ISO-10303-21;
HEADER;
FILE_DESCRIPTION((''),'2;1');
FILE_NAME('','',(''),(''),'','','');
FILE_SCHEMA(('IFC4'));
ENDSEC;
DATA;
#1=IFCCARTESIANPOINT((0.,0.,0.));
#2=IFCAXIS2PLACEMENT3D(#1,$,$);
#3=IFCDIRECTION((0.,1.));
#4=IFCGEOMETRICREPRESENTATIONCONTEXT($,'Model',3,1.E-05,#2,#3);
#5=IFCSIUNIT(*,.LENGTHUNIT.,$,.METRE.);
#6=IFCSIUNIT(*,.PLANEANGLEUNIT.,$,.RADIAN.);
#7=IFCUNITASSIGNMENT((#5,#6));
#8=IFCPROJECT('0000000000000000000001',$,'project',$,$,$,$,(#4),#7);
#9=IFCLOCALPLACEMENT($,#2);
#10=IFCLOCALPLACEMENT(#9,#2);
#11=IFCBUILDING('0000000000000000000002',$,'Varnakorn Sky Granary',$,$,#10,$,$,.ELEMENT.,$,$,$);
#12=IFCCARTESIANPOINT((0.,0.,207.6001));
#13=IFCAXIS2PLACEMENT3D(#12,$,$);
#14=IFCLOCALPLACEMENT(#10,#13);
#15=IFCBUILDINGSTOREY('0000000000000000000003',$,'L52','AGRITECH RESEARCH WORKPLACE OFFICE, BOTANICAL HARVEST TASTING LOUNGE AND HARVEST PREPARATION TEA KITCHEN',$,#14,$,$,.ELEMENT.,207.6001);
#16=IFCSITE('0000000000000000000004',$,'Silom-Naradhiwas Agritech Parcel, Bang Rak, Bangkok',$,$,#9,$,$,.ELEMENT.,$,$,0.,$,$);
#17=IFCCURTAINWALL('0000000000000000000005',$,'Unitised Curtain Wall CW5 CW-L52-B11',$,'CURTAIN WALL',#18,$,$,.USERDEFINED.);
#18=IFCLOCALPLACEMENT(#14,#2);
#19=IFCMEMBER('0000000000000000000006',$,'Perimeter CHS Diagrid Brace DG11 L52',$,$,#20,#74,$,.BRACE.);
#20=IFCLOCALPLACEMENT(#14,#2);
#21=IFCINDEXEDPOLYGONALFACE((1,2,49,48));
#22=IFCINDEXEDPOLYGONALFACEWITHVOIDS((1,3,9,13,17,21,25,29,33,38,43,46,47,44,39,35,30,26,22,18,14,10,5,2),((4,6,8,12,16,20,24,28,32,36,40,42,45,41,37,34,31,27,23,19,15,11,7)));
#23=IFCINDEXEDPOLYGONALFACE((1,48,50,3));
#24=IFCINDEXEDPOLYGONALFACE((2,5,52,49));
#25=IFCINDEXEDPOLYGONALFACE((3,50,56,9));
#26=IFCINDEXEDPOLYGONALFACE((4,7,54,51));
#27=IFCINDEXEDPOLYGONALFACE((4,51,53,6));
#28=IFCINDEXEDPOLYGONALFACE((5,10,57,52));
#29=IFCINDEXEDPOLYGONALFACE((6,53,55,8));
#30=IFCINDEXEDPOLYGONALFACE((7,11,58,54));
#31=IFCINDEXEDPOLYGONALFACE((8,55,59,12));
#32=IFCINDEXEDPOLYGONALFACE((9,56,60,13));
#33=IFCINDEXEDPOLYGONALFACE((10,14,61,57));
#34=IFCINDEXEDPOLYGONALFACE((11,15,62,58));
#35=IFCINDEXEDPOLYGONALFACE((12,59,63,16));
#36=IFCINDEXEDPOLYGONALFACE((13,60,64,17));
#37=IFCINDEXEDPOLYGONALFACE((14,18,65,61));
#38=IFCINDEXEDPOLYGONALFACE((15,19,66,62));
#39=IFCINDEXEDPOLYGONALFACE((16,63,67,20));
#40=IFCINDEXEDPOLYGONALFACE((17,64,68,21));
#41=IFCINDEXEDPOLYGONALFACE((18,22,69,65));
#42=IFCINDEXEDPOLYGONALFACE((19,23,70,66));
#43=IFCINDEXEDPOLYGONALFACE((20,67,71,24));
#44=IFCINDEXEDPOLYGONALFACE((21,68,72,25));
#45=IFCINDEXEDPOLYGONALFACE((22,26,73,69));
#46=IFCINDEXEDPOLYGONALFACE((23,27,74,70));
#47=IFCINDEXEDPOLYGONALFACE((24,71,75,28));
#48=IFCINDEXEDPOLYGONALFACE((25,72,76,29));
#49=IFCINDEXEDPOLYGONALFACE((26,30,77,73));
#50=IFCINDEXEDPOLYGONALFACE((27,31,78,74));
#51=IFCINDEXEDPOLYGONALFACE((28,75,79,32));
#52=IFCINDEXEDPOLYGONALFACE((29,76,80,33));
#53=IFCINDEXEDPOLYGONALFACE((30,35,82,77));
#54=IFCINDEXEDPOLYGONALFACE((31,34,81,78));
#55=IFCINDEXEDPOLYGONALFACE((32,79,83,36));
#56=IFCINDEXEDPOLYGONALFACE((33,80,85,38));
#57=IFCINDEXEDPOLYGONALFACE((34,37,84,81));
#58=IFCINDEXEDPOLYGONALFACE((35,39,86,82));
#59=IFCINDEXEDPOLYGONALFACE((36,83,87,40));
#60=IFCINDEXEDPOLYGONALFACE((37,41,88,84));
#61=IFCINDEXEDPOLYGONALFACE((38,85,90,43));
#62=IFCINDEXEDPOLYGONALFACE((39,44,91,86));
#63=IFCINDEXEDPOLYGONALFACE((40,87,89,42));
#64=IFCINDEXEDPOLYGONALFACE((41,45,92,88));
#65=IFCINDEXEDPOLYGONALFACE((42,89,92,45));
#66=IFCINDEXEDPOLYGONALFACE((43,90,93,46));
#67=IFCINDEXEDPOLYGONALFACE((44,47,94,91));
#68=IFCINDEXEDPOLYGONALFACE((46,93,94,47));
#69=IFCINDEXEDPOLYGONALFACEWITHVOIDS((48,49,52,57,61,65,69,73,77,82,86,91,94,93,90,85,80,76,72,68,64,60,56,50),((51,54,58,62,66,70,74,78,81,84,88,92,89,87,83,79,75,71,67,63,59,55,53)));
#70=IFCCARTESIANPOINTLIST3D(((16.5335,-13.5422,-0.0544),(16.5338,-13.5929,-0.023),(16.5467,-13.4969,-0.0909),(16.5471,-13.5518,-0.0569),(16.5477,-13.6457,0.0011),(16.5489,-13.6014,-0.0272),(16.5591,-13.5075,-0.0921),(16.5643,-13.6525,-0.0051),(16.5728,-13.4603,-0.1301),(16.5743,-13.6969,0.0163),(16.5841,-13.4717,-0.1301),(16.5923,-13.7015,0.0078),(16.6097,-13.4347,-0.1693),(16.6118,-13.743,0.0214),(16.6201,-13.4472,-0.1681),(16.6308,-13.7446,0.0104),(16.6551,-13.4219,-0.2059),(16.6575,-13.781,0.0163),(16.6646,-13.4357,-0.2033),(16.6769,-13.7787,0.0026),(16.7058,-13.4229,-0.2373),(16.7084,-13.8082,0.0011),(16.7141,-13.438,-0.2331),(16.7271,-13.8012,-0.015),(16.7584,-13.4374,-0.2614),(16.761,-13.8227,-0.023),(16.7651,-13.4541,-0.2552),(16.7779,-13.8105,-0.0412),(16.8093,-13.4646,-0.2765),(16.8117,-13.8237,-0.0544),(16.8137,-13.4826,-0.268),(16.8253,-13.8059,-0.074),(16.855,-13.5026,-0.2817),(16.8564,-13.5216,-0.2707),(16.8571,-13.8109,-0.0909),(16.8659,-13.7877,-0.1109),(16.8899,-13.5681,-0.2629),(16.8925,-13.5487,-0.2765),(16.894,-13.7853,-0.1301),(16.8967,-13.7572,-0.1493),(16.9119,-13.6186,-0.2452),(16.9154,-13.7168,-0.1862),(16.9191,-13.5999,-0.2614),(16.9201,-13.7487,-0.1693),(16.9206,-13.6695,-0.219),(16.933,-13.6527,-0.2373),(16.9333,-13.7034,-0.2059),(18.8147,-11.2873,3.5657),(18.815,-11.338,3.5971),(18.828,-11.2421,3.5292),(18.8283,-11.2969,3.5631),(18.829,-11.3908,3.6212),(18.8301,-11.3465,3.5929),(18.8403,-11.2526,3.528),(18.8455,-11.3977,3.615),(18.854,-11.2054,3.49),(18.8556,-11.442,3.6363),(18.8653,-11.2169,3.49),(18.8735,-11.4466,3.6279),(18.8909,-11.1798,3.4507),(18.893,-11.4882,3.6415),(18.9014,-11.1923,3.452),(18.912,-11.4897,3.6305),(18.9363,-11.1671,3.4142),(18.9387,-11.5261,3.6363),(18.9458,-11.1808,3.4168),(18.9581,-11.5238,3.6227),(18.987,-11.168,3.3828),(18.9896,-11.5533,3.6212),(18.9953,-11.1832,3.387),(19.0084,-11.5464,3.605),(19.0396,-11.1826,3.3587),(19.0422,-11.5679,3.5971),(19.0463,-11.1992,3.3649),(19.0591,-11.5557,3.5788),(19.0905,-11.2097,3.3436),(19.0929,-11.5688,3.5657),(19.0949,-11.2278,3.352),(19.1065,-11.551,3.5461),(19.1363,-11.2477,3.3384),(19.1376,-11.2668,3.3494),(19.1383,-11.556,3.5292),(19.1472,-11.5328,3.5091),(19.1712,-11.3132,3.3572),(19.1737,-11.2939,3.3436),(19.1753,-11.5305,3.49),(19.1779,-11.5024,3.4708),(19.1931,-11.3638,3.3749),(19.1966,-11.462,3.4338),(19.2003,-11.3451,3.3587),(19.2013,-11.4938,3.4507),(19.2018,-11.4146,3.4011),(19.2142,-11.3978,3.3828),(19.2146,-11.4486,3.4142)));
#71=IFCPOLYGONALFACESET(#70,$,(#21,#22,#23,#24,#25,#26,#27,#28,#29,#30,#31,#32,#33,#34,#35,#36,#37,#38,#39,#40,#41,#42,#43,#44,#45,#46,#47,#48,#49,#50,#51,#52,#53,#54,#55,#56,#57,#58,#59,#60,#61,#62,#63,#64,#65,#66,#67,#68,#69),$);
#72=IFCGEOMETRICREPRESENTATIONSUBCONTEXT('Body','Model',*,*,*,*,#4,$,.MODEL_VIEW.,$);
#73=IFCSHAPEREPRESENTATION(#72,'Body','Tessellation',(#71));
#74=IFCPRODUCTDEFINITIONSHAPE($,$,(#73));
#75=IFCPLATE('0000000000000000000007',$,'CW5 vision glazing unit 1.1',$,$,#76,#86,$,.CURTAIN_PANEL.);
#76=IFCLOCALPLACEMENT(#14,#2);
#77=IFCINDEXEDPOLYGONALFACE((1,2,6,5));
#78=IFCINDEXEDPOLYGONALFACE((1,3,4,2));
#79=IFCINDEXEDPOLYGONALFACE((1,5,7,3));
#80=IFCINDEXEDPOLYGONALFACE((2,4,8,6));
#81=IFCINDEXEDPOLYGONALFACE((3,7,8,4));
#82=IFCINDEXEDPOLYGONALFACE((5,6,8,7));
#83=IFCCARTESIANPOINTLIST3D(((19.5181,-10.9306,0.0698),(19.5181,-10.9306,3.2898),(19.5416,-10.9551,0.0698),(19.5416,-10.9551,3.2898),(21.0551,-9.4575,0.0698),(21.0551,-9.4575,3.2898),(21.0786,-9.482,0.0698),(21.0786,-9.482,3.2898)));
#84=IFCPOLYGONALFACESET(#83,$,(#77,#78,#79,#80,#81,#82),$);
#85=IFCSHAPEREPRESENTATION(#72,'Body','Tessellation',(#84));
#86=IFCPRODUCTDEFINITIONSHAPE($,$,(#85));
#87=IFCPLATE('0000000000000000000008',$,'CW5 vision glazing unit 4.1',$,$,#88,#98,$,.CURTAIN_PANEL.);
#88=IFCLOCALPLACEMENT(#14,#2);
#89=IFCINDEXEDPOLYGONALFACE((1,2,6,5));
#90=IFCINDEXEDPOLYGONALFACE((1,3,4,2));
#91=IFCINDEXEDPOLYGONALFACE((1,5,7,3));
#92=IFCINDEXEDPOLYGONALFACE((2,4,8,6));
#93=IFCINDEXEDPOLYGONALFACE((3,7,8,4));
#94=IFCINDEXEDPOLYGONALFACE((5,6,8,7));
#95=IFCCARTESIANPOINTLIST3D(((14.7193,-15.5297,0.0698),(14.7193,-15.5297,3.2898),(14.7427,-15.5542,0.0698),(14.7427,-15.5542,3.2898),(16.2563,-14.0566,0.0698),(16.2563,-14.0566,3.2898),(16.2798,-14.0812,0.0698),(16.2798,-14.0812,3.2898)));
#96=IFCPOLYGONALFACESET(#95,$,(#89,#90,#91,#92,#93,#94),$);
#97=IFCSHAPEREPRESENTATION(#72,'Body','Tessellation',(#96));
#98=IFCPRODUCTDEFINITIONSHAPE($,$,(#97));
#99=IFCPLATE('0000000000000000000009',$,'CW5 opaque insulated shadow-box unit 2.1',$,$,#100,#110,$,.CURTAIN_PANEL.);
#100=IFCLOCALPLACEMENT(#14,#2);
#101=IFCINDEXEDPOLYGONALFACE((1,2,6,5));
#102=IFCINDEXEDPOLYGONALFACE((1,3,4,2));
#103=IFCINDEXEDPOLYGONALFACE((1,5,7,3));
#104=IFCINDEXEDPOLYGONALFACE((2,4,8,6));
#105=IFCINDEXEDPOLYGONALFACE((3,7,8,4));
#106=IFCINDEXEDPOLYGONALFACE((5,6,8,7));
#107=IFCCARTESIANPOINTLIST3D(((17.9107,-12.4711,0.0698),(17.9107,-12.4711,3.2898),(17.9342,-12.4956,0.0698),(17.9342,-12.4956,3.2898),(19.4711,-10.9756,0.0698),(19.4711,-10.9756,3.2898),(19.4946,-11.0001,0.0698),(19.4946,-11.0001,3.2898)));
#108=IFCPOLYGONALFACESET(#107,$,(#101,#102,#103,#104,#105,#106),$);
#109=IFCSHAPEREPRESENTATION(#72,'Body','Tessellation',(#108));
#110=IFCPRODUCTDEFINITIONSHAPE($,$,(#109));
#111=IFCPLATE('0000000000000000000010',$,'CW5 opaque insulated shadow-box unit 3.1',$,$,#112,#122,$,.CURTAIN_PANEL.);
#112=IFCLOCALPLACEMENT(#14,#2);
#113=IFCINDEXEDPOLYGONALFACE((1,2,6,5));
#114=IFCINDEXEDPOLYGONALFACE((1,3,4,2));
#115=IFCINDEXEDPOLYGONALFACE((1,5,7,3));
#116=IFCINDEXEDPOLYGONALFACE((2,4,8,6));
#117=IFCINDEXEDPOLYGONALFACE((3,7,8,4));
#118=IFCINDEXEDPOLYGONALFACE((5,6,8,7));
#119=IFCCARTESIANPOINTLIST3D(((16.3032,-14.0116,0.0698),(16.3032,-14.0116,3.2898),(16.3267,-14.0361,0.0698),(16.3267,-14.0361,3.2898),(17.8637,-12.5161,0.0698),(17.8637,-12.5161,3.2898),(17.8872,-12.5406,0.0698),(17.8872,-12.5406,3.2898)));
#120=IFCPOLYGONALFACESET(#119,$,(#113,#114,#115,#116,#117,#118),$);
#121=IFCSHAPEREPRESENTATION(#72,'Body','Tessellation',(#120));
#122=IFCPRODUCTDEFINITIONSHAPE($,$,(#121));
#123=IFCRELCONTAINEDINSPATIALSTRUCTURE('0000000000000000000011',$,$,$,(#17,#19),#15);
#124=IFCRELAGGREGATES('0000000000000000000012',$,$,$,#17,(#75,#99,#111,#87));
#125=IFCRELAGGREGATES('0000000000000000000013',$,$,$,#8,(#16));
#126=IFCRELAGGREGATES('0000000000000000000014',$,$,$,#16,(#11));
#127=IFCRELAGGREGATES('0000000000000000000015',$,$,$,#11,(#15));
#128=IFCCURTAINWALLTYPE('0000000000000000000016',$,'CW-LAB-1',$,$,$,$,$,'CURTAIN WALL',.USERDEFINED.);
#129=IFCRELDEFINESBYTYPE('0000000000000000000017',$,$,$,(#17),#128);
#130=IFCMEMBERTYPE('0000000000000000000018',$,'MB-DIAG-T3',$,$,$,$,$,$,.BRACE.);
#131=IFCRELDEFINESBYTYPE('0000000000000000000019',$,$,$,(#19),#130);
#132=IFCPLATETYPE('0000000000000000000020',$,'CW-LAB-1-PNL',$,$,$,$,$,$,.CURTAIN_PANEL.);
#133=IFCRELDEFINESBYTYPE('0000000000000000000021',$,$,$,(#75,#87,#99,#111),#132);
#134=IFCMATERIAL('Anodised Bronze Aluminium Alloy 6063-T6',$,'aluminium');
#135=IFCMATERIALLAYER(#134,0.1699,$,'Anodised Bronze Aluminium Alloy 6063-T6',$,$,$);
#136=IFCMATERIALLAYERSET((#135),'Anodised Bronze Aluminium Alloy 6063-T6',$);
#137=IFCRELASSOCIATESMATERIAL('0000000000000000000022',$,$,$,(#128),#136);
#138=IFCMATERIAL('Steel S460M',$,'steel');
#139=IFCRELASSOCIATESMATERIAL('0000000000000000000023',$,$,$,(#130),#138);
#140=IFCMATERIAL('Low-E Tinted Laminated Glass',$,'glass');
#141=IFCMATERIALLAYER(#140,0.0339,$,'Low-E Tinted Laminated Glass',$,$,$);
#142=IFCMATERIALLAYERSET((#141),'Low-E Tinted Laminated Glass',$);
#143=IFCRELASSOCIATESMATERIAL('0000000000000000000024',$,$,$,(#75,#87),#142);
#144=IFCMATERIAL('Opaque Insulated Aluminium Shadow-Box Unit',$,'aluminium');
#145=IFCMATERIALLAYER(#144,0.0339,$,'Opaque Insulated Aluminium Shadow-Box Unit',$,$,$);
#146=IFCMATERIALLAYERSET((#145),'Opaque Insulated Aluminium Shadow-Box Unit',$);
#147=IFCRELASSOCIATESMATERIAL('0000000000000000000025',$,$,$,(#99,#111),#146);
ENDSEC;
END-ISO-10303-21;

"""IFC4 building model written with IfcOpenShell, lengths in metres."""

from ifc_helpers import new_model, si_unit, direction, frame, origin, origin_2d, place, context, subcontext, project, spatial, rectangle, hollow_circle, extrude, source, transform, mapped, material, layer, layer_set, material_profile, profile_set, type_object, type_shapes, element, aggregate, save


model = new_model("IFC4")

# Units and contexts
model_context = context("Model", 3, precision=1e-05, world=origin(), true_north=direction((0.0, 1.0)))
body_context = subcontext(model_context, "Body", "Model", "MODEL_VIEW")
ifc_project = project(units=[si_unit("LENGTHUNIT", "METRE"), si_unit("PLANEANGLEUNIT", "RADIAN")], contexts=[model_context])

# Site, building, storey
site_placement = place(None, origin())
site = spatial("IfcSite", under=ifc_project, at=site_placement, Name="Silom-Naradhiwas Agritech Parcel, Bang Rak, Bangkok", CompositionType="ELEMENT", RefElevation=0.0)
building_placement = place(site_placement, origin())
building = spatial("IfcBuilding", under=site, at=building_placement, Name="Varnakorn Sky Granary", CompositionType="ELEMENT")
storey_placement = place(building_placement, frame((0.0, 0.0, 207.6001)))
storey = spatial("IfcBuildingStorey", under=building, at=storey_placement, Name="L52", Description="AGRITECH RESEARCH WORKPLACE OFFICE, BOTANICAL HARVEST TASTING LOUNGE AND HARVEST PREPARATION TEA KITCHEN", CompositionType="ELEMENT", Elevation=207.6001)

# Shared definitions
ifc_material_1 = material(Name="Steel S460M", Category="steel")

# Shared definitions
ifc_material_2 = material(Name="Anodised Bronze Aluminium Alloy 6063-T6", Category="aluminium")
ifc_layer_1 = layer(ifc_material_2, 0.1699, Name="Anodised Bronze Aluminium Alloy 6063-T6")
ifc_layer_set_1 = layer_set([ifc_layer_1], Name="Anodised Bronze Aluminium Alloy 6063-T6")
curtain_wall_type = type_object("IfcCurtainWallType", Name="CW-LAB-1", ElementType="CURTAIN WALL", PredefinedType="USERDEFINED", material=ifc_layer_set_1)

# Curtain wall
curtain_wall_1_placement = place(storey_placement, origin())
curtain_wall_1 = element("IfcCurtainWall", 1, at=curtain_wall_1_placement, inside=storey, type_object=curtain_wall_type, Name="Unitised Curtain Wall CW5 CW-L52-B11", ObjectType="CURTAIN WALL", PredefinedType="USERDEFINED")

# Member
ifc_material_profile_1 = material_profile(ifc_material_1, hollow_circle(Radius=0.2285, WallThickness=0.0161, at=origin_2d()), Name="CHS 457x16")
ifc_profile_set_1 = profile_set([ifc_material_profile_1], Name="Steel S460M")
member_type_1 = type_object("IfcMemberType", Name="MB-DIAG-T3", PredefinedType="BRACE", material=ifc_profile_set_1)
member_1_placement = place(storey_placement, frame((16.7334, -13.6228, -0.1301), z_axis=(0.471652, 0.466201, 0.748466), x_axis=(-0.702985, 0.711205, 0.0)))
element("IfcMember", 2, at=member_1_placement, inside=storey, type_object=member_type_1, Name="Perimeter CHS Diagrid Brace DG11 L52", PredefinedType="BRACE", context=body_context, shape_type="SweptSolid", body=[
    extrude(hollow_circle(Radius=0.2285, WallThickness=0.0161, at=origin_2d()), origin(), (0.0, 0.0, 1.0), 4.8367),
])

# Plates
ifc_material_3 = material(Name="Low-E Tinted Laminated Glass", Category="glass")
ifc_layer_2 = layer(ifc_material_3, 0.0339, Name="Low-E Tinted Laminated Glass")
ifc_layer_set_2 = layer_set([ifc_layer_2], Name="Low-E Tinted Laminated Glass")
plate_type = type_object("IfcPlateType", Name="CW-LAB-1-PNL", PredefinedType="CURTAIN_PANEL")
shared_shape_1 = source(origin(), body_context, "Body", "SweptSolid", [
    extrude(rectangle(XDim=2.1289, YDim=0.0339, at=origin_2d()), origin(), (0.0, 0.0, 1.0), 3.22),
])
plate_1_placement = place(storey_placement, frame((20.2983, -10.2063, 0.0698), z_axis=(0.0, 0.0, 1.0), x_axis=(-0.721971, -0.691923, 0.0)))
plate_1 = element("IfcPlate", 3, at=plate_1_placement, type_object=plate_type, material=ifc_layer_set_2, Name="CW5 vision glazing unit 1.1", PredefinedType="CURTAIN_PANEL", context=body_context, shape_type="MappedRepresentation", body=[
    mapped(shared_shape_1, transform((0.0, 0.0, 0.0), x_axis=(1.0, 0.0, 0.0), y_axis=(0.0, 1.0, 0.0), z_axis=(0.0, 0.0, 1.0), scale=1.0)),
])
plate_2_placement = place(storey_placement, frame((15.4995, -14.8054, 0.0698), z_axis=(0.0, 0.0, 1.0), x_axis=(-0.721971, -0.691923, 0.0)))
plate_2 = element("IfcPlate", 4, at=plate_2_placement, type_object=plate_type, material=ifc_layer_set_2, Name="CW5 vision glazing unit 4.1", PredefinedType="CURTAIN_PANEL", context=body_context, shape_type="MappedRepresentation", body=[
    mapped(shared_shape_1, transform((0.0, 0.0, 0.0), x_axis=(1.0, 0.0, 0.0), y_axis=(0.0, 1.0, 0.0), z_axis=(0.0, 0.0, 1.0), scale=1.0)),
])
ifc_material_4 = material(Name="Opaque Insulated Aluminium Shadow-Box Unit", Category="aluminium")
ifc_layer_3 = layer(ifc_material_4, 0.0339, Name="Opaque Insulated Aluminium Shadow-Box Unit")
ifc_layer_set_3 = layer_set([ifc_layer_3], Name="Opaque Insulated Aluminium Shadow-Box Unit")
shared_shape_2 = source(origin(), body_context, "Body", "SweptSolid", [
    extrude(rectangle(XDim=2.1614, YDim=0.0339, at=origin_2d()), origin(), (0.0, 0.0, 1.0), 3.22),
])
type_shapes(plate_type, [shared_shape_1, shared_shape_2])
plate_3_placement = place(storey_placement, frame((18.7026, -11.7356, 0.0698), z_axis=(0.0, 0.0, 1.0), x_axis=(-0.721971, -0.691923, 0.0)))
plate_3 = element("IfcPlate", 5, at=plate_3_placement, type_object=plate_type, material=ifc_layer_set_3, Name="CW5 opaque insulated shadow-box unit 2.1", PredefinedType="CURTAIN_PANEL", context=body_context, shape_type="MappedRepresentation", body=[
    mapped(shared_shape_2, transform((0.0, 0.0, 0.0), x_axis=(1.0, 0.0, 0.0), y_axis=(0.0, 1.0, 0.0), z_axis=(0.0, 0.0, 1.0), scale=1.0)),
])
plate_4_placement = place(storey_placement, frame((17.0952, -13.2761, 0.0698), z_axis=(0.0, 0.0, 1.0), x_axis=(-0.721971, -0.691923, 0.0)))
plate_4 = element("IfcPlate", 6, at=plate_4_placement, type_object=plate_type, material=ifc_layer_set_3, Name="CW5 opaque insulated shadow-box unit 3.1", PredefinedType="CURTAIN_PANEL", context=body_context, shape_type="MappedRepresentation", body=[
    mapped(shared_shape_2, transform((0.0, 0.0, 0.0), x_axis=(1.0, 0.0, 0.0), y_axis=(0.0, 1.0, 0.0), z_axis=(0.0, 0.0, 1.0), scale=1.0)),
])
aggregate(curtain_wall_1, [plate_1, plate_3, plate_4, plate_2])

save(model, "model.ifc")
